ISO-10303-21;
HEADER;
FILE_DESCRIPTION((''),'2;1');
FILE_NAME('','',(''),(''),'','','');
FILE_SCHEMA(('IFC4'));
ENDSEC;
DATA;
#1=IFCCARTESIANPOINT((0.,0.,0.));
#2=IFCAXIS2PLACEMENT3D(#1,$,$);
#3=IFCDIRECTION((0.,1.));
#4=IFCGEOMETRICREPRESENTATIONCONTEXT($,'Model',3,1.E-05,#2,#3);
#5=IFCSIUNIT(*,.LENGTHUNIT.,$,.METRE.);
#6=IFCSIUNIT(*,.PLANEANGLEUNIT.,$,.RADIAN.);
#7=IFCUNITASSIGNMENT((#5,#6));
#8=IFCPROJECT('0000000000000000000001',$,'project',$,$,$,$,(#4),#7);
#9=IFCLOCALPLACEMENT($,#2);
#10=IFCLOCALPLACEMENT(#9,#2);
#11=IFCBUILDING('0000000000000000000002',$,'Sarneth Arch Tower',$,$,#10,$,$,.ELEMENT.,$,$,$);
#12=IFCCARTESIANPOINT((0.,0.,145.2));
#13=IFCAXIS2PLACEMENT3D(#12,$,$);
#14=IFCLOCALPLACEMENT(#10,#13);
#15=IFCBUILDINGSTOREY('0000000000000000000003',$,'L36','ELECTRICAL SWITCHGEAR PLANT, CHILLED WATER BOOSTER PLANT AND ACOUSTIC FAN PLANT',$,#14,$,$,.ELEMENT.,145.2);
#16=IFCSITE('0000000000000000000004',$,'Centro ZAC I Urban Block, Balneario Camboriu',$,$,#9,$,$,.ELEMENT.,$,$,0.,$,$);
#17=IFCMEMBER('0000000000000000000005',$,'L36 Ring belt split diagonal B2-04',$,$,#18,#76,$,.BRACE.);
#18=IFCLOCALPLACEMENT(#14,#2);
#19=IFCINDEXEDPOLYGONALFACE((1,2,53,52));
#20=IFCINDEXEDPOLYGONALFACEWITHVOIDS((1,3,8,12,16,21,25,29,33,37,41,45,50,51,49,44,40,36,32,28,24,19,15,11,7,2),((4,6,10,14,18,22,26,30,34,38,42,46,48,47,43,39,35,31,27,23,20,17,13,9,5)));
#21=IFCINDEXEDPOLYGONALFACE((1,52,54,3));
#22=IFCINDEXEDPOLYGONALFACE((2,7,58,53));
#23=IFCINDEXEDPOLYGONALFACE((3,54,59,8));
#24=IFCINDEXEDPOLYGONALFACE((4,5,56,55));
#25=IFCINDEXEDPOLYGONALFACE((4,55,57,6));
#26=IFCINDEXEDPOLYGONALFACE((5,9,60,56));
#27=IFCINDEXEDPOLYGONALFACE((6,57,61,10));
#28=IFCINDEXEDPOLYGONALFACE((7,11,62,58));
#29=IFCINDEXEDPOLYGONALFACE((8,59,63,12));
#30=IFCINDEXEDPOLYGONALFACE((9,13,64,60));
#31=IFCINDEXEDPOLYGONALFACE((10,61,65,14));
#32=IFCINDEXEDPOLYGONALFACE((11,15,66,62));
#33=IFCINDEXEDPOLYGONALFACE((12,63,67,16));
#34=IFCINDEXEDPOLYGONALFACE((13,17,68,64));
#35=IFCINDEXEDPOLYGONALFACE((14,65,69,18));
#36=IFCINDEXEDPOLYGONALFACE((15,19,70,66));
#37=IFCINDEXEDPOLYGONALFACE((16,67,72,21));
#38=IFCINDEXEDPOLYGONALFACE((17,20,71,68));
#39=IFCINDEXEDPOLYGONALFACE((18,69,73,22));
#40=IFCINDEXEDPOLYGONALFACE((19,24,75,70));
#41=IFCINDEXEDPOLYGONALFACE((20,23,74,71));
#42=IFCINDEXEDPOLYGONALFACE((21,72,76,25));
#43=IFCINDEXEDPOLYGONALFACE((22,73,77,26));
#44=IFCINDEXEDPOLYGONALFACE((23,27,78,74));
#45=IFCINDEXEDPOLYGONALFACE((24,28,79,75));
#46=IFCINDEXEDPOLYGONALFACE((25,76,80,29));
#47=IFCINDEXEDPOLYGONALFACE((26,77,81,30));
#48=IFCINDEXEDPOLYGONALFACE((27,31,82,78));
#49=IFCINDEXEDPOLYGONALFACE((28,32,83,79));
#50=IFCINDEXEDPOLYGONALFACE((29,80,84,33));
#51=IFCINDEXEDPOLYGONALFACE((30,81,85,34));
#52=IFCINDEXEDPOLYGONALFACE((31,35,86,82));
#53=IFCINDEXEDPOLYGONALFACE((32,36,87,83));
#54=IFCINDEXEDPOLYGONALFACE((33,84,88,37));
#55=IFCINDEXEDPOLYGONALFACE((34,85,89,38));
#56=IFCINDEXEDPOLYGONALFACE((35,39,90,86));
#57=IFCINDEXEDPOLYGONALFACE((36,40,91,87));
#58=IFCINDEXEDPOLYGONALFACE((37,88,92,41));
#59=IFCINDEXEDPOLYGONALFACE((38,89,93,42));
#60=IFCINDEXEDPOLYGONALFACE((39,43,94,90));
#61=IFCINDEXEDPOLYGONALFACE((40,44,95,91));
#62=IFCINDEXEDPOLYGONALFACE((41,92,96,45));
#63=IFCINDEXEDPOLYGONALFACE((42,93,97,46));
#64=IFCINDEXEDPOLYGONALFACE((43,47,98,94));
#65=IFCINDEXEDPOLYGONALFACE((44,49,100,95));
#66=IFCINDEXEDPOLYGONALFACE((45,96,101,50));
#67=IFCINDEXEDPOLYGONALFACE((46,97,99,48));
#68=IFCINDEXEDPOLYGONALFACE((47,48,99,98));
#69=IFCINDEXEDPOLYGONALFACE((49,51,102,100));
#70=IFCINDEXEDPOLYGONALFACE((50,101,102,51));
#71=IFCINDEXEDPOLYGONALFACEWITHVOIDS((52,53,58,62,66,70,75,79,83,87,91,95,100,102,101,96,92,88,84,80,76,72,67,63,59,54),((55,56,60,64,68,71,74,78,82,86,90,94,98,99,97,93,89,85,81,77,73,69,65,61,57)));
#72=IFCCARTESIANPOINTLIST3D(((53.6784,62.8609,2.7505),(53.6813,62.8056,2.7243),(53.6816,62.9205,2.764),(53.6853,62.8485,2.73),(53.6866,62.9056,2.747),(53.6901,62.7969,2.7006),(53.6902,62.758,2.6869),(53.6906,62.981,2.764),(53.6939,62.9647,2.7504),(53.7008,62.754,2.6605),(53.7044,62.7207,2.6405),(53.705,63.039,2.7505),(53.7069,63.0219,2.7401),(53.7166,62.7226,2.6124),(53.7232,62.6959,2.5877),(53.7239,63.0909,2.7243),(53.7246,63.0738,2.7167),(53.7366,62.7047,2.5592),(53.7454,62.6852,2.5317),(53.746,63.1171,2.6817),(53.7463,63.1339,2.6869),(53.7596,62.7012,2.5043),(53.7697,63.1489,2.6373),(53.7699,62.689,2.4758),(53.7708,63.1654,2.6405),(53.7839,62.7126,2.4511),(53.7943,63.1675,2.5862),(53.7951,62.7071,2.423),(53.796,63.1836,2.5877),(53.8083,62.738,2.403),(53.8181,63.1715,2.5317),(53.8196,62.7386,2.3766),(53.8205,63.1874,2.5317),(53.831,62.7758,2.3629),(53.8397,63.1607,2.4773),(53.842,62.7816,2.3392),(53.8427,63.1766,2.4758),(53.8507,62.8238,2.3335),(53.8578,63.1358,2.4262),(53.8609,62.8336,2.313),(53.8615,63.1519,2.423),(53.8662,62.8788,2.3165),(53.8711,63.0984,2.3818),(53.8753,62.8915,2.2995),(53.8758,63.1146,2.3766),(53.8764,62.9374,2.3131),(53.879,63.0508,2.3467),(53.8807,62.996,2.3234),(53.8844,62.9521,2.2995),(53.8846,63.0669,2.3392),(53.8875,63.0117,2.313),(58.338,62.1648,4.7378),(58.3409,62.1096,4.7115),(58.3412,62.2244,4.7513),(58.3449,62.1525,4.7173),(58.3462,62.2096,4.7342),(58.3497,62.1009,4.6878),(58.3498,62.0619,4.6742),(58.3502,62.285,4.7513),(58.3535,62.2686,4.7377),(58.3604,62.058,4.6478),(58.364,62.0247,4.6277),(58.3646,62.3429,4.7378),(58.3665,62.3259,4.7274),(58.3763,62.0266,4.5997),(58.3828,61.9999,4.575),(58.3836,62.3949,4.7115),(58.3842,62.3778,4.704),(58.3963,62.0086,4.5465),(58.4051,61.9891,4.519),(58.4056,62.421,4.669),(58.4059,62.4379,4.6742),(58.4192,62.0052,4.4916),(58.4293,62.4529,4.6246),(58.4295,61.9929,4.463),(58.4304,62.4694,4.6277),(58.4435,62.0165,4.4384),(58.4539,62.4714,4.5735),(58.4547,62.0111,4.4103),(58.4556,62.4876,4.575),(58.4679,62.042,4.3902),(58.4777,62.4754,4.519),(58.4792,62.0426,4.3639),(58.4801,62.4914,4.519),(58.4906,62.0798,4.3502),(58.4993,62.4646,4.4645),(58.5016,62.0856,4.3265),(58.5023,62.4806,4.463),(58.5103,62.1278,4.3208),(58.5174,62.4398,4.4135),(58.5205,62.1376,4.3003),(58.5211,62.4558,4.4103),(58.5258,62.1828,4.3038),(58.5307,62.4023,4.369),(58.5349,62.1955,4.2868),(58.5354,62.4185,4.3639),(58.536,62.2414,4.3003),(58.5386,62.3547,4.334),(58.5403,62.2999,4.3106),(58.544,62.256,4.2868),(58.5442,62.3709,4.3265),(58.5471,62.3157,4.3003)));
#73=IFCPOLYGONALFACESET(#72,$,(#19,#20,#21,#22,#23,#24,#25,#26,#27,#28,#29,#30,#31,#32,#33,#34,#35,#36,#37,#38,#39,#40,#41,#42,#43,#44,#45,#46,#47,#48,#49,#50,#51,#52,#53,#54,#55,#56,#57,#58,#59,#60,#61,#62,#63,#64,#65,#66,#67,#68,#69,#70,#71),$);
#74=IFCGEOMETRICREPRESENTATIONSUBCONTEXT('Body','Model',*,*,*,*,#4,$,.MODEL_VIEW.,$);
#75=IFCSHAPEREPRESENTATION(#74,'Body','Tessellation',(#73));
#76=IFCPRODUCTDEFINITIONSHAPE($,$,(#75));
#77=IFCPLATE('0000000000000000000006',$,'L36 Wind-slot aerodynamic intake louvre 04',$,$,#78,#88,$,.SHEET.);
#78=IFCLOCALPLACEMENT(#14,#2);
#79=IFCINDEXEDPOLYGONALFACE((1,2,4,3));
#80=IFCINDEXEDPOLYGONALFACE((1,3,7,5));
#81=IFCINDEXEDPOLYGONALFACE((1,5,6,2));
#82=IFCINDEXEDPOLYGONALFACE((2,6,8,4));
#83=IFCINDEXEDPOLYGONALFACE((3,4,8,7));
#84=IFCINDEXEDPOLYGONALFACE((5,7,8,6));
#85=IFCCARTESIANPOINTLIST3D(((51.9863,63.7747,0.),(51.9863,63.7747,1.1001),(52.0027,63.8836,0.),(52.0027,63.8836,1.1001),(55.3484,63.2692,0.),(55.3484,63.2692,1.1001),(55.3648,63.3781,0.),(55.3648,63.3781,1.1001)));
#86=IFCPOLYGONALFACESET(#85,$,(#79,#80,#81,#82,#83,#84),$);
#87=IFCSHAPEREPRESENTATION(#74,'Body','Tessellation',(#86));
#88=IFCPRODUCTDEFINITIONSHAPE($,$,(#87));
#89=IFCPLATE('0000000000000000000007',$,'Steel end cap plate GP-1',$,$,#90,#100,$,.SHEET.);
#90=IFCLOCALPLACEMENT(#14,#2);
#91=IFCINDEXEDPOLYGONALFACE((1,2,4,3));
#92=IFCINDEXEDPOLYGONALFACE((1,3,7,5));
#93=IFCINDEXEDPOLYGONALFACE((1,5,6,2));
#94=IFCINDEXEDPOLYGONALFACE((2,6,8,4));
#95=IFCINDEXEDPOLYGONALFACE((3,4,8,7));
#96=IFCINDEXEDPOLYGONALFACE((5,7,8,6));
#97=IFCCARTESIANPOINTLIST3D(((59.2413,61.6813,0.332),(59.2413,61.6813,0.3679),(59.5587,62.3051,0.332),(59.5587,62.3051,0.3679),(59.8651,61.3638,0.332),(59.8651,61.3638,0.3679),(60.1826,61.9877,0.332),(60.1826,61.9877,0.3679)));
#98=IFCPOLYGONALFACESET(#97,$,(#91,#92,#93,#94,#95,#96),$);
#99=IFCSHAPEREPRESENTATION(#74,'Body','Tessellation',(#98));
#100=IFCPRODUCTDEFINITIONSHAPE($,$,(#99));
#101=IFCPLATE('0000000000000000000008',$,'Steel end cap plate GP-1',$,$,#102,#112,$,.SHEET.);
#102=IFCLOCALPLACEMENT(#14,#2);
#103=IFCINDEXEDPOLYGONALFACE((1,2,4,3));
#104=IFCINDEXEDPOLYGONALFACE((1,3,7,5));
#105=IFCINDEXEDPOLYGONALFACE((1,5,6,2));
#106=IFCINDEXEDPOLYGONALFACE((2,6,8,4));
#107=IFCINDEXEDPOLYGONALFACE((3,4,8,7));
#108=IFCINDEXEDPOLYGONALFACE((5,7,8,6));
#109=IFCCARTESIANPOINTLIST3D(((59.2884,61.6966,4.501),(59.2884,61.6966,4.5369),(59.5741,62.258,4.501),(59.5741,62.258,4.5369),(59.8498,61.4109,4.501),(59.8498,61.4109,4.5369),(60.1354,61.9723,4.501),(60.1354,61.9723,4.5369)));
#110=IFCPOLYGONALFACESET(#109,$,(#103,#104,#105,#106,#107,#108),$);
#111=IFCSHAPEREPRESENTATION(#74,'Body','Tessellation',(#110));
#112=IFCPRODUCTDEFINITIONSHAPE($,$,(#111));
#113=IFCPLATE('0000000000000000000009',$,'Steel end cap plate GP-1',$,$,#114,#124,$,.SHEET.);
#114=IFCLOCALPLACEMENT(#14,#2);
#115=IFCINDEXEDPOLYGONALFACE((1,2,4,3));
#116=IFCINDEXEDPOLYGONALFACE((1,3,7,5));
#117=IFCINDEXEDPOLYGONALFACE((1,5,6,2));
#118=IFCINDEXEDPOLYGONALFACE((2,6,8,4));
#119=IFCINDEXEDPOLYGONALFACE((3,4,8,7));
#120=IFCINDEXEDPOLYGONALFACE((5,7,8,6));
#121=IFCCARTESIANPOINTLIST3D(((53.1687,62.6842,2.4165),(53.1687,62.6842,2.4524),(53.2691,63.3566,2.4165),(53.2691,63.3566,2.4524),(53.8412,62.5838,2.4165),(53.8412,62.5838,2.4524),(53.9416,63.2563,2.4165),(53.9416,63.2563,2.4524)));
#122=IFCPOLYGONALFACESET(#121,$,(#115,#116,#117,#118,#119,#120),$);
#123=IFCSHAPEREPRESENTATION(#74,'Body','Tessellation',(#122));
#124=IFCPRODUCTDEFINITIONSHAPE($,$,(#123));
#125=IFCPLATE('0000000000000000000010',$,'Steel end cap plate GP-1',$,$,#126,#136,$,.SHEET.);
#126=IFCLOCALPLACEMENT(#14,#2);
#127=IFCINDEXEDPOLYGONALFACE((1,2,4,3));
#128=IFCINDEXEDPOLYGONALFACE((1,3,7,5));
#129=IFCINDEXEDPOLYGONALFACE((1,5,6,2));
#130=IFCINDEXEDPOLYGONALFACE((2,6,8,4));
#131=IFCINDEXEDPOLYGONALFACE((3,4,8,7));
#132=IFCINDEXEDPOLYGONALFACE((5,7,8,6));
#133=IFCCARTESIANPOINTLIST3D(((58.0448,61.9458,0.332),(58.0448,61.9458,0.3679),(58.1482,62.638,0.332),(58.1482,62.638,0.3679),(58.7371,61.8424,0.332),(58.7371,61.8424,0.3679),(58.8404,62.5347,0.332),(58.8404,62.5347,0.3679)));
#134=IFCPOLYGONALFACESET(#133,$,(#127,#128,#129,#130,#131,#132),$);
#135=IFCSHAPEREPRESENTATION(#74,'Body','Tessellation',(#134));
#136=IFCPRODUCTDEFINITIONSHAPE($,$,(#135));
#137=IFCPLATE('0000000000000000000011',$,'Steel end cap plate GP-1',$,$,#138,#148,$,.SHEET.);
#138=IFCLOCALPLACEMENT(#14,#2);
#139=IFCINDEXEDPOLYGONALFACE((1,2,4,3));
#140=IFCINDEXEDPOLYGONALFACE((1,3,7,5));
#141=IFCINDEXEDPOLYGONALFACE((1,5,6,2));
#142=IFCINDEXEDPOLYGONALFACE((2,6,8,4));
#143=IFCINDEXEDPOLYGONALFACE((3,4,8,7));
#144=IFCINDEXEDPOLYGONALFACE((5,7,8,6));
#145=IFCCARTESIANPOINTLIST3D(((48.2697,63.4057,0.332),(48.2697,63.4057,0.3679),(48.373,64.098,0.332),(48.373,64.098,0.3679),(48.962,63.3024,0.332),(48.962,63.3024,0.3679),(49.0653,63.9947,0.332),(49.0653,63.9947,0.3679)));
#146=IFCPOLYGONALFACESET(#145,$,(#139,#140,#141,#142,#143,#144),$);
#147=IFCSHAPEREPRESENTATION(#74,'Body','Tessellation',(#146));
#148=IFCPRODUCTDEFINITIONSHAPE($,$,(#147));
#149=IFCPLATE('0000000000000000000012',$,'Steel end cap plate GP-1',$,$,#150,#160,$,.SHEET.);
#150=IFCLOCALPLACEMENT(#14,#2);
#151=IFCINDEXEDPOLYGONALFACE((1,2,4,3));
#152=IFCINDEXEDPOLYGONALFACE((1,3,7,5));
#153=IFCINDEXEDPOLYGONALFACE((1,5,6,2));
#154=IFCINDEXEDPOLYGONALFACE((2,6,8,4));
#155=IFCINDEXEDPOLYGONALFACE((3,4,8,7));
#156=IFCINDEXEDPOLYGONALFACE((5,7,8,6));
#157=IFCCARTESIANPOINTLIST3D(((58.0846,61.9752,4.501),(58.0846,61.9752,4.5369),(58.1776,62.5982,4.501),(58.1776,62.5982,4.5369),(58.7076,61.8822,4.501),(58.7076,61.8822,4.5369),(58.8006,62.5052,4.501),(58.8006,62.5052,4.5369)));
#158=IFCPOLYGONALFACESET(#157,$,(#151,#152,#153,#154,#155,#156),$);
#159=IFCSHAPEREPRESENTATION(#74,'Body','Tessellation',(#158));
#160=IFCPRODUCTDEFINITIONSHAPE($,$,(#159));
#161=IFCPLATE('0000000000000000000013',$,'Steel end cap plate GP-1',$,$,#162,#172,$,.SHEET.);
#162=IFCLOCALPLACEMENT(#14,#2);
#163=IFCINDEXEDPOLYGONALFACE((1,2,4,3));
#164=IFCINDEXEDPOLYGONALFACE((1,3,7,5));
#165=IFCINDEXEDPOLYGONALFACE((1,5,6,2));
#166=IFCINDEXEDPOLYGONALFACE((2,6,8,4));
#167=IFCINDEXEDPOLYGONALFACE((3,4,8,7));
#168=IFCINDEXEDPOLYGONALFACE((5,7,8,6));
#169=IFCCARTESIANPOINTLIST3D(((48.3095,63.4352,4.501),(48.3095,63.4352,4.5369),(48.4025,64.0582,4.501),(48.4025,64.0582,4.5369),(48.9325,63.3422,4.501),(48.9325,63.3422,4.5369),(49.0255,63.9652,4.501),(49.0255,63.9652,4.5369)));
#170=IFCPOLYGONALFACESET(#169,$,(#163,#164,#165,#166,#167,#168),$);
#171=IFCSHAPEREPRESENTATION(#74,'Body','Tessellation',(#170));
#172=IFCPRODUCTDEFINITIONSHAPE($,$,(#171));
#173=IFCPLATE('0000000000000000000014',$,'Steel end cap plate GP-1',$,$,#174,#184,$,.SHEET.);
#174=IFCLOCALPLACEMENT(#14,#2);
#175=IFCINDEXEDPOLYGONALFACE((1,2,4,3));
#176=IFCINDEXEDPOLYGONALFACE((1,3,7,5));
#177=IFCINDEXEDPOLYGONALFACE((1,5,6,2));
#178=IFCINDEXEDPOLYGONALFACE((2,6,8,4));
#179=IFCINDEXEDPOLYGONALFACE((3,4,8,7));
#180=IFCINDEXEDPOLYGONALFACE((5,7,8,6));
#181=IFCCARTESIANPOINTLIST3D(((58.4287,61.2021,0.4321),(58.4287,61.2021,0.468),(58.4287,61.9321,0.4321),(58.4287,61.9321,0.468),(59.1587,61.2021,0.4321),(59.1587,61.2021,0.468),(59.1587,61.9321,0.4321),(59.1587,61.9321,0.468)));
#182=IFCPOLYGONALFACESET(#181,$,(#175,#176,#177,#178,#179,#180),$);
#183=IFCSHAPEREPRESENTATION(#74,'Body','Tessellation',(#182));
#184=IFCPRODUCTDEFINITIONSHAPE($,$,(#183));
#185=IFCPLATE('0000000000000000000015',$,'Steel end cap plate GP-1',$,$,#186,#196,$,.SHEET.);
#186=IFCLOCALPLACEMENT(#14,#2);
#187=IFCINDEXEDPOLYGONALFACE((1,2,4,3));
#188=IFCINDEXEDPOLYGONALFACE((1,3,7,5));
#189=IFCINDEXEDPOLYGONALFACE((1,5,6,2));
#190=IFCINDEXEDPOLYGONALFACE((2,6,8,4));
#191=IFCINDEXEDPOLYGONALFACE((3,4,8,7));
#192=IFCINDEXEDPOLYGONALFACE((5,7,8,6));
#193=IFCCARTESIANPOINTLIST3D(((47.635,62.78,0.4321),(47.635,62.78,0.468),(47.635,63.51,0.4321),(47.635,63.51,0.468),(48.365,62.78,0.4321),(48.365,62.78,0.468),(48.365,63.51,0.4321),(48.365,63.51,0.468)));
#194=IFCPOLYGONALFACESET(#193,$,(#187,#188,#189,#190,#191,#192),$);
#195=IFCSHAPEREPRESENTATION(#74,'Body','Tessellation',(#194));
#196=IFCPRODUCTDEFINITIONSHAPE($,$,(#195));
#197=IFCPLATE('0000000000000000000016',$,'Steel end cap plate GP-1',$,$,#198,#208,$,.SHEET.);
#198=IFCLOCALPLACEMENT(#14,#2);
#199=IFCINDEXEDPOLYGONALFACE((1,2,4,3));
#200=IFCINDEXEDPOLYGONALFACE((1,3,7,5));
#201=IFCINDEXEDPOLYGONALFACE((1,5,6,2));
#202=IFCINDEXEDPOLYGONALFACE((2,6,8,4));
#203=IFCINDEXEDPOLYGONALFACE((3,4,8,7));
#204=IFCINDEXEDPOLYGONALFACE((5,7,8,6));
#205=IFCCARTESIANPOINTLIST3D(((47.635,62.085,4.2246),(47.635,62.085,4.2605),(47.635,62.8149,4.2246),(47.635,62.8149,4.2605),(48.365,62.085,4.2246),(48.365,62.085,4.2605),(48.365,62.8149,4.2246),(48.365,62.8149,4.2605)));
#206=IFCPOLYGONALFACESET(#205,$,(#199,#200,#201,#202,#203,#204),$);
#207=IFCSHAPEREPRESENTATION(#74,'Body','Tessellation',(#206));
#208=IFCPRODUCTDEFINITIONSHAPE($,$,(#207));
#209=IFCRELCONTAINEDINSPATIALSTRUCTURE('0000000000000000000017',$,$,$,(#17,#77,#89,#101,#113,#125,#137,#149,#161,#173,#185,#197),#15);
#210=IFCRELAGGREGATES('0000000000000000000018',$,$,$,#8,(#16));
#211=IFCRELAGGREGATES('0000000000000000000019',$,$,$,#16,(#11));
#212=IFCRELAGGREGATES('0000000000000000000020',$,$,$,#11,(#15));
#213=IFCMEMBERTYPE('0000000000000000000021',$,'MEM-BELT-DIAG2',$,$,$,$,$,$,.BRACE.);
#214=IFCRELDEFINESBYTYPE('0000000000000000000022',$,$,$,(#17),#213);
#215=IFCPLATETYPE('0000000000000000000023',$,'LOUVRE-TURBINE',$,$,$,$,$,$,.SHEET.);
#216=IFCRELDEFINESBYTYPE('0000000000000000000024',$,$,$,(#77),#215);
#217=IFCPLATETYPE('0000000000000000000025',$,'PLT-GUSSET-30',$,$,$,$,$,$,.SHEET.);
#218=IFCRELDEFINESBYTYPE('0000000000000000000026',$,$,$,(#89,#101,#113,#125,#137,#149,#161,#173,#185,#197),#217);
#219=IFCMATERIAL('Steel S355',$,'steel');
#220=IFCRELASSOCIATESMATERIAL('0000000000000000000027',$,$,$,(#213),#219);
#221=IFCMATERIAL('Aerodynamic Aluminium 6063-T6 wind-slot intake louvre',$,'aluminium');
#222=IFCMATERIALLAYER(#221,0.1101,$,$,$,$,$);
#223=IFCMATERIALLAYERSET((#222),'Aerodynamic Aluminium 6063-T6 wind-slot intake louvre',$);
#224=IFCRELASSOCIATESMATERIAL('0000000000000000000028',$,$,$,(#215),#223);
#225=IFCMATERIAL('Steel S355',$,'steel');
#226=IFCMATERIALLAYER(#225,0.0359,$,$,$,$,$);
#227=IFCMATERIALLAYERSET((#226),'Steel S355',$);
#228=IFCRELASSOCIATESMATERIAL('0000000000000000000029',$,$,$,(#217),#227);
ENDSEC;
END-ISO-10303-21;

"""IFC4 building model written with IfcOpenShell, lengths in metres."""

from ifc_helpers import new_model, si_unit, direction, frame, origin, origin_2d, place, context, subcontext, project, spatial, rectangle, hollow_circle, extrude, material, layer, layer_set, material_profile, profile_set, type_object, element, save


model = new_model("IFC4")

# Units and contexts
model_context = context("Model", 3, precision=1e-05, world=origin(), true_north=direction((0.0, 1.0)))
body_context = subcontext(model_context, "Body", "Model", "MODEL_VIEW")
ifc_project = project(units=[si_unit("LENGTHUNIT", "METRE"), si_unit("PLANEANGLEUNIT", "RADIAN")], contexts=[model_context])

# Site, building, storey
site_placement = place(None, origin())
site = spatial("IfcSite", under=ifc_project, at=site_placement, Name="Centro ZAC I Urban Block, Balneario Camboriu", CompositionType="ELEMENT", RefElevation=0.0)
building_placement = place(site_placement, origin())
building = spatial("IfcBuilding", under=site, at=building_placement, Name="Sarneth Arch Tower", CompositionType="ELEMENT")
storey_placement = place(building_placement, frame((0.0, 0.0, 145.2)))
storey = spatial("IfcBuildingStorey", under=building, at=storey_placement, Name="L36", Description="ELECTRICAL SWITCHGEAR PLANT, CHILLED WATER BOOSTER PLANT AND ACOUSTIC FAN PLANT", CompositionType="ELEMENT", Elevation=145.2)

# Member
ifc_material_1 = material(Name="Steel S355", Category="steel")
ifc_material_profile_1 = material_profile(ifc_material_1, hollow_circle(Radius=0.2539, WallThickness=0.0161, at=origin_2d()), Name="CHS508x16")
ifc_profile_set_1 = profile_set([ifc_material_profile_1], Name="Steel S355")
member_type_1 = type_object("IfcMemberType", Name="MEM-BELT-DIAG2", PredefinedType="BRACE", material=ifc_profile_set_1)
member_1_placement = place(storey_placement, frame((53.783, 62.9363, 2.5317), z_axis=(0.911275, -0.136123, 0.38865), x_axis=(0.147737, 0.989027, 0.0)))
element("IfcMember", 1, at=member_1_placement, inside=storey, type_object=member_type_1, Name="L36 Ring belt split diagonal B2-04", PredefinedType="BRACE", context=body_context, shape_type="SweptSolid", body=[
    extrude(hollow_circle(Radius=0.2539, WallThickness=0.0161, at=origin_2d()), origin(), (0.0, 0.0, 1.0), 5.1133),
])

# Plates
ifc_material_2 = material(Name="Aerodynamic Aluminium 6063-T6 wind-slot intake louvre", Category="aluminium")
ifc_layer_1 = layer(ifc_material_2, 0.1101)
ifc_layer_set_1 = layer_set([ifc_layer_1], Name="Aerodynamic Aluminium 6063-T6 wind-slot intake louvre")
plate_type_1 = type_object("IfcPlateType", Name="LOUVRE-TURBINE", PredefinedType="SHEET", material=ifc_layer_set_1)
plate_1_placement = place(storey_placement, frame((53.6755, 63.5764, 0.0), z_axis=(0.0, 0.0, 1.0), x_axis=(-0.988886, 0.148672, 0.0)))
element("IfcPlate", 2, at=plate_1_placement, inside=storey, type_object=plate_type_1, Name="L36 Wind-slot aerodynamic intake louvre 04", PredefinedType="SHEET", context=body_context, shape_type="SweptSolid", body=[
    extrude(rectangle(XDim=3.3999, YDim=0.1101, at=origin_2d()), origin(), (0.0, 0.0, 1.0), 1.1001),
])
ifc_material_3 = material(Name="Steel S355", Category="steel")
ifc_layer_2 = layer(ifc_material_3, 0.0359)
ifc_layer_set_2 = layer_set([ifc_layer_2], Name="Steel S355")
plate_type_2 = type_object("IfcPlateType", Name="PLT-GUSSET-30", PredefinedType="SHEET", material=ifc_layer_set_2)
plate_2_placement = place(storey_placement, frame((59.7119, 61.8345, 0.332), z_axis=(0.0, 0.0, 1.0), x_axis=(-0.891244, 0.453524, 0.0)))
element("IfcPlate", 3, at=plate_2_placement, inside=storey, type_object=plate_type_2, Name="Steel end cap plate GP-1", PredefinedType="SHEET", context=body_context, shape_type="SweptSolid", body=[
    extrude(rectangle(XDim=0.7, YDim=0.7, at=origin_2d()), origin(), (0.0, 0.0, 1.0), 0.0359),
])
plate_3_placement = place(storey_placement, frame((59.7119, 61.8345, 4.501), z_axis=(0.0, 0.0, 1.0), x_axis=(-0.891244, 0.453524, 0.0)))
element("IfcPlate", 4, at=plate_3_placement, inside=storey, type_object=plate_type_2, Name="Steel end cap plate GP-1", PredefinedType="SHEET", context=body_context, shape_type="SweptSolid", body=[
    extrude(rectangle(XDim=0.6299, YDim=0.6299, at=origin_2d()), origin(), (0.0, 0.0, 1.0), 0.0359),
])
plate_4_placement = place(storey_placement, frame((53.5552, 62.9702, 2.4165), z_axis=(0.0, 0.0, 1.0), x_axis=(-0.989042, 0.147637, 0.0)))
element("IfcPlate", 5, at=plate_4_placement, inside=storey, type_object=plate_type_2, Name="Steel end cap plate GP-1", PredefinedType="SHEET", context=body_context, shape_type="SweptSolid", body=[
    extrude(rectangle(XDim=0.6799, YDim=0.6799, at=origin_2d()), origin(), (0.0, 0.0, 1.0), 0.0359),
])
for number, where, z_axis, x_axis, name in (
    (6, (58.4426, 62.2402, 0.332), (0.0, 0.0, 1.0), (0.989042, -0.147637, 0.0), "Steel end cap plate GP-1"),
    (7, (48.6675, 63.7002, 0.332), (0.0, 0.0, 1.0), (-0.989042, 0.147637, 0.0), "Steel end cap plate GP-1"),
):
    element("IfcPlate", number, at=place(storey_placement, frame(where, z_axis=z_axis, x_axis=x_axis)), inside=storey, type_object=plate_type_2, Name=name, PredefinedType="SHEET", context=body_context, shape_type="SweptSolid", body=[
        extrude(rectangle(XDim=0.7, YDim=0.7, at=origin_2d()), origin(), (0.0, 0.0, 1.0), 0.0359),
    ])
for number, where, z_axis, x_axis, name in (
    (8, (58.4426, 62.2402, 4.501), (0.0, 0.0, 1.0), (0.989042, -0.147637, 0.0), "Steel end cap plate GP-1"),
    (9, (48.6675, 63.7002, 4.501), (0.0, 0.0, 1.0), (-0.989042, 0.147637, 0.0), "Steel end cap plate GP-1"),
):
    element("IfcPlate", number, at=place(storey_placement, frame(where, z_axis=z_axis, x_axis=x_axis)), inside=storey, type_object=plate_type_2, Name=name, PredefinedType="SHEET", context=body_context, shape_type="SweptSolid", body=[
        extrude(rectangle(XDim=0.6299, YDim=0.6299, at=origin_2d()), origin(), (0.0, 0.0, 1.0), 0.0359),
    ])
for number, where, z_axis, x_axis, name in (
    (10, (58.7937, 61.5671, 0.4321), (0.0, 0.0, 1.0), (1.0, 0.0, 0.0), "Steel end cap plate GP-1"),
    (11, (48.0, 63.145, 0.4321), (0.0, 0.0, 1.0), (1.0, 0.0, 0.0), "Steel end cap plate GP-1"),
    (12, (48.0, 62.45, 4.2246), (0.0, 0.0, 1.0), (1.0, 0.0, 0.0), "Steel end cap plate GP-1"),
):
    element("IfcPlate", number, at=place(storey_placement, frame(where, z_axis=z_axis, x_axis=x_axis)), inside=storey, type_object=plate_type_2, Name=name, PredefinedType="SHEET", context=body_context, shape_type="SweptSolid", body=[
        extrude(rectangle(XDim=0.73, YDim=0.73, at=origin_2d()), origin(), (0.0, 0.0, 1.0), 0.0359),
    ])

save(model, "model.ifc")
